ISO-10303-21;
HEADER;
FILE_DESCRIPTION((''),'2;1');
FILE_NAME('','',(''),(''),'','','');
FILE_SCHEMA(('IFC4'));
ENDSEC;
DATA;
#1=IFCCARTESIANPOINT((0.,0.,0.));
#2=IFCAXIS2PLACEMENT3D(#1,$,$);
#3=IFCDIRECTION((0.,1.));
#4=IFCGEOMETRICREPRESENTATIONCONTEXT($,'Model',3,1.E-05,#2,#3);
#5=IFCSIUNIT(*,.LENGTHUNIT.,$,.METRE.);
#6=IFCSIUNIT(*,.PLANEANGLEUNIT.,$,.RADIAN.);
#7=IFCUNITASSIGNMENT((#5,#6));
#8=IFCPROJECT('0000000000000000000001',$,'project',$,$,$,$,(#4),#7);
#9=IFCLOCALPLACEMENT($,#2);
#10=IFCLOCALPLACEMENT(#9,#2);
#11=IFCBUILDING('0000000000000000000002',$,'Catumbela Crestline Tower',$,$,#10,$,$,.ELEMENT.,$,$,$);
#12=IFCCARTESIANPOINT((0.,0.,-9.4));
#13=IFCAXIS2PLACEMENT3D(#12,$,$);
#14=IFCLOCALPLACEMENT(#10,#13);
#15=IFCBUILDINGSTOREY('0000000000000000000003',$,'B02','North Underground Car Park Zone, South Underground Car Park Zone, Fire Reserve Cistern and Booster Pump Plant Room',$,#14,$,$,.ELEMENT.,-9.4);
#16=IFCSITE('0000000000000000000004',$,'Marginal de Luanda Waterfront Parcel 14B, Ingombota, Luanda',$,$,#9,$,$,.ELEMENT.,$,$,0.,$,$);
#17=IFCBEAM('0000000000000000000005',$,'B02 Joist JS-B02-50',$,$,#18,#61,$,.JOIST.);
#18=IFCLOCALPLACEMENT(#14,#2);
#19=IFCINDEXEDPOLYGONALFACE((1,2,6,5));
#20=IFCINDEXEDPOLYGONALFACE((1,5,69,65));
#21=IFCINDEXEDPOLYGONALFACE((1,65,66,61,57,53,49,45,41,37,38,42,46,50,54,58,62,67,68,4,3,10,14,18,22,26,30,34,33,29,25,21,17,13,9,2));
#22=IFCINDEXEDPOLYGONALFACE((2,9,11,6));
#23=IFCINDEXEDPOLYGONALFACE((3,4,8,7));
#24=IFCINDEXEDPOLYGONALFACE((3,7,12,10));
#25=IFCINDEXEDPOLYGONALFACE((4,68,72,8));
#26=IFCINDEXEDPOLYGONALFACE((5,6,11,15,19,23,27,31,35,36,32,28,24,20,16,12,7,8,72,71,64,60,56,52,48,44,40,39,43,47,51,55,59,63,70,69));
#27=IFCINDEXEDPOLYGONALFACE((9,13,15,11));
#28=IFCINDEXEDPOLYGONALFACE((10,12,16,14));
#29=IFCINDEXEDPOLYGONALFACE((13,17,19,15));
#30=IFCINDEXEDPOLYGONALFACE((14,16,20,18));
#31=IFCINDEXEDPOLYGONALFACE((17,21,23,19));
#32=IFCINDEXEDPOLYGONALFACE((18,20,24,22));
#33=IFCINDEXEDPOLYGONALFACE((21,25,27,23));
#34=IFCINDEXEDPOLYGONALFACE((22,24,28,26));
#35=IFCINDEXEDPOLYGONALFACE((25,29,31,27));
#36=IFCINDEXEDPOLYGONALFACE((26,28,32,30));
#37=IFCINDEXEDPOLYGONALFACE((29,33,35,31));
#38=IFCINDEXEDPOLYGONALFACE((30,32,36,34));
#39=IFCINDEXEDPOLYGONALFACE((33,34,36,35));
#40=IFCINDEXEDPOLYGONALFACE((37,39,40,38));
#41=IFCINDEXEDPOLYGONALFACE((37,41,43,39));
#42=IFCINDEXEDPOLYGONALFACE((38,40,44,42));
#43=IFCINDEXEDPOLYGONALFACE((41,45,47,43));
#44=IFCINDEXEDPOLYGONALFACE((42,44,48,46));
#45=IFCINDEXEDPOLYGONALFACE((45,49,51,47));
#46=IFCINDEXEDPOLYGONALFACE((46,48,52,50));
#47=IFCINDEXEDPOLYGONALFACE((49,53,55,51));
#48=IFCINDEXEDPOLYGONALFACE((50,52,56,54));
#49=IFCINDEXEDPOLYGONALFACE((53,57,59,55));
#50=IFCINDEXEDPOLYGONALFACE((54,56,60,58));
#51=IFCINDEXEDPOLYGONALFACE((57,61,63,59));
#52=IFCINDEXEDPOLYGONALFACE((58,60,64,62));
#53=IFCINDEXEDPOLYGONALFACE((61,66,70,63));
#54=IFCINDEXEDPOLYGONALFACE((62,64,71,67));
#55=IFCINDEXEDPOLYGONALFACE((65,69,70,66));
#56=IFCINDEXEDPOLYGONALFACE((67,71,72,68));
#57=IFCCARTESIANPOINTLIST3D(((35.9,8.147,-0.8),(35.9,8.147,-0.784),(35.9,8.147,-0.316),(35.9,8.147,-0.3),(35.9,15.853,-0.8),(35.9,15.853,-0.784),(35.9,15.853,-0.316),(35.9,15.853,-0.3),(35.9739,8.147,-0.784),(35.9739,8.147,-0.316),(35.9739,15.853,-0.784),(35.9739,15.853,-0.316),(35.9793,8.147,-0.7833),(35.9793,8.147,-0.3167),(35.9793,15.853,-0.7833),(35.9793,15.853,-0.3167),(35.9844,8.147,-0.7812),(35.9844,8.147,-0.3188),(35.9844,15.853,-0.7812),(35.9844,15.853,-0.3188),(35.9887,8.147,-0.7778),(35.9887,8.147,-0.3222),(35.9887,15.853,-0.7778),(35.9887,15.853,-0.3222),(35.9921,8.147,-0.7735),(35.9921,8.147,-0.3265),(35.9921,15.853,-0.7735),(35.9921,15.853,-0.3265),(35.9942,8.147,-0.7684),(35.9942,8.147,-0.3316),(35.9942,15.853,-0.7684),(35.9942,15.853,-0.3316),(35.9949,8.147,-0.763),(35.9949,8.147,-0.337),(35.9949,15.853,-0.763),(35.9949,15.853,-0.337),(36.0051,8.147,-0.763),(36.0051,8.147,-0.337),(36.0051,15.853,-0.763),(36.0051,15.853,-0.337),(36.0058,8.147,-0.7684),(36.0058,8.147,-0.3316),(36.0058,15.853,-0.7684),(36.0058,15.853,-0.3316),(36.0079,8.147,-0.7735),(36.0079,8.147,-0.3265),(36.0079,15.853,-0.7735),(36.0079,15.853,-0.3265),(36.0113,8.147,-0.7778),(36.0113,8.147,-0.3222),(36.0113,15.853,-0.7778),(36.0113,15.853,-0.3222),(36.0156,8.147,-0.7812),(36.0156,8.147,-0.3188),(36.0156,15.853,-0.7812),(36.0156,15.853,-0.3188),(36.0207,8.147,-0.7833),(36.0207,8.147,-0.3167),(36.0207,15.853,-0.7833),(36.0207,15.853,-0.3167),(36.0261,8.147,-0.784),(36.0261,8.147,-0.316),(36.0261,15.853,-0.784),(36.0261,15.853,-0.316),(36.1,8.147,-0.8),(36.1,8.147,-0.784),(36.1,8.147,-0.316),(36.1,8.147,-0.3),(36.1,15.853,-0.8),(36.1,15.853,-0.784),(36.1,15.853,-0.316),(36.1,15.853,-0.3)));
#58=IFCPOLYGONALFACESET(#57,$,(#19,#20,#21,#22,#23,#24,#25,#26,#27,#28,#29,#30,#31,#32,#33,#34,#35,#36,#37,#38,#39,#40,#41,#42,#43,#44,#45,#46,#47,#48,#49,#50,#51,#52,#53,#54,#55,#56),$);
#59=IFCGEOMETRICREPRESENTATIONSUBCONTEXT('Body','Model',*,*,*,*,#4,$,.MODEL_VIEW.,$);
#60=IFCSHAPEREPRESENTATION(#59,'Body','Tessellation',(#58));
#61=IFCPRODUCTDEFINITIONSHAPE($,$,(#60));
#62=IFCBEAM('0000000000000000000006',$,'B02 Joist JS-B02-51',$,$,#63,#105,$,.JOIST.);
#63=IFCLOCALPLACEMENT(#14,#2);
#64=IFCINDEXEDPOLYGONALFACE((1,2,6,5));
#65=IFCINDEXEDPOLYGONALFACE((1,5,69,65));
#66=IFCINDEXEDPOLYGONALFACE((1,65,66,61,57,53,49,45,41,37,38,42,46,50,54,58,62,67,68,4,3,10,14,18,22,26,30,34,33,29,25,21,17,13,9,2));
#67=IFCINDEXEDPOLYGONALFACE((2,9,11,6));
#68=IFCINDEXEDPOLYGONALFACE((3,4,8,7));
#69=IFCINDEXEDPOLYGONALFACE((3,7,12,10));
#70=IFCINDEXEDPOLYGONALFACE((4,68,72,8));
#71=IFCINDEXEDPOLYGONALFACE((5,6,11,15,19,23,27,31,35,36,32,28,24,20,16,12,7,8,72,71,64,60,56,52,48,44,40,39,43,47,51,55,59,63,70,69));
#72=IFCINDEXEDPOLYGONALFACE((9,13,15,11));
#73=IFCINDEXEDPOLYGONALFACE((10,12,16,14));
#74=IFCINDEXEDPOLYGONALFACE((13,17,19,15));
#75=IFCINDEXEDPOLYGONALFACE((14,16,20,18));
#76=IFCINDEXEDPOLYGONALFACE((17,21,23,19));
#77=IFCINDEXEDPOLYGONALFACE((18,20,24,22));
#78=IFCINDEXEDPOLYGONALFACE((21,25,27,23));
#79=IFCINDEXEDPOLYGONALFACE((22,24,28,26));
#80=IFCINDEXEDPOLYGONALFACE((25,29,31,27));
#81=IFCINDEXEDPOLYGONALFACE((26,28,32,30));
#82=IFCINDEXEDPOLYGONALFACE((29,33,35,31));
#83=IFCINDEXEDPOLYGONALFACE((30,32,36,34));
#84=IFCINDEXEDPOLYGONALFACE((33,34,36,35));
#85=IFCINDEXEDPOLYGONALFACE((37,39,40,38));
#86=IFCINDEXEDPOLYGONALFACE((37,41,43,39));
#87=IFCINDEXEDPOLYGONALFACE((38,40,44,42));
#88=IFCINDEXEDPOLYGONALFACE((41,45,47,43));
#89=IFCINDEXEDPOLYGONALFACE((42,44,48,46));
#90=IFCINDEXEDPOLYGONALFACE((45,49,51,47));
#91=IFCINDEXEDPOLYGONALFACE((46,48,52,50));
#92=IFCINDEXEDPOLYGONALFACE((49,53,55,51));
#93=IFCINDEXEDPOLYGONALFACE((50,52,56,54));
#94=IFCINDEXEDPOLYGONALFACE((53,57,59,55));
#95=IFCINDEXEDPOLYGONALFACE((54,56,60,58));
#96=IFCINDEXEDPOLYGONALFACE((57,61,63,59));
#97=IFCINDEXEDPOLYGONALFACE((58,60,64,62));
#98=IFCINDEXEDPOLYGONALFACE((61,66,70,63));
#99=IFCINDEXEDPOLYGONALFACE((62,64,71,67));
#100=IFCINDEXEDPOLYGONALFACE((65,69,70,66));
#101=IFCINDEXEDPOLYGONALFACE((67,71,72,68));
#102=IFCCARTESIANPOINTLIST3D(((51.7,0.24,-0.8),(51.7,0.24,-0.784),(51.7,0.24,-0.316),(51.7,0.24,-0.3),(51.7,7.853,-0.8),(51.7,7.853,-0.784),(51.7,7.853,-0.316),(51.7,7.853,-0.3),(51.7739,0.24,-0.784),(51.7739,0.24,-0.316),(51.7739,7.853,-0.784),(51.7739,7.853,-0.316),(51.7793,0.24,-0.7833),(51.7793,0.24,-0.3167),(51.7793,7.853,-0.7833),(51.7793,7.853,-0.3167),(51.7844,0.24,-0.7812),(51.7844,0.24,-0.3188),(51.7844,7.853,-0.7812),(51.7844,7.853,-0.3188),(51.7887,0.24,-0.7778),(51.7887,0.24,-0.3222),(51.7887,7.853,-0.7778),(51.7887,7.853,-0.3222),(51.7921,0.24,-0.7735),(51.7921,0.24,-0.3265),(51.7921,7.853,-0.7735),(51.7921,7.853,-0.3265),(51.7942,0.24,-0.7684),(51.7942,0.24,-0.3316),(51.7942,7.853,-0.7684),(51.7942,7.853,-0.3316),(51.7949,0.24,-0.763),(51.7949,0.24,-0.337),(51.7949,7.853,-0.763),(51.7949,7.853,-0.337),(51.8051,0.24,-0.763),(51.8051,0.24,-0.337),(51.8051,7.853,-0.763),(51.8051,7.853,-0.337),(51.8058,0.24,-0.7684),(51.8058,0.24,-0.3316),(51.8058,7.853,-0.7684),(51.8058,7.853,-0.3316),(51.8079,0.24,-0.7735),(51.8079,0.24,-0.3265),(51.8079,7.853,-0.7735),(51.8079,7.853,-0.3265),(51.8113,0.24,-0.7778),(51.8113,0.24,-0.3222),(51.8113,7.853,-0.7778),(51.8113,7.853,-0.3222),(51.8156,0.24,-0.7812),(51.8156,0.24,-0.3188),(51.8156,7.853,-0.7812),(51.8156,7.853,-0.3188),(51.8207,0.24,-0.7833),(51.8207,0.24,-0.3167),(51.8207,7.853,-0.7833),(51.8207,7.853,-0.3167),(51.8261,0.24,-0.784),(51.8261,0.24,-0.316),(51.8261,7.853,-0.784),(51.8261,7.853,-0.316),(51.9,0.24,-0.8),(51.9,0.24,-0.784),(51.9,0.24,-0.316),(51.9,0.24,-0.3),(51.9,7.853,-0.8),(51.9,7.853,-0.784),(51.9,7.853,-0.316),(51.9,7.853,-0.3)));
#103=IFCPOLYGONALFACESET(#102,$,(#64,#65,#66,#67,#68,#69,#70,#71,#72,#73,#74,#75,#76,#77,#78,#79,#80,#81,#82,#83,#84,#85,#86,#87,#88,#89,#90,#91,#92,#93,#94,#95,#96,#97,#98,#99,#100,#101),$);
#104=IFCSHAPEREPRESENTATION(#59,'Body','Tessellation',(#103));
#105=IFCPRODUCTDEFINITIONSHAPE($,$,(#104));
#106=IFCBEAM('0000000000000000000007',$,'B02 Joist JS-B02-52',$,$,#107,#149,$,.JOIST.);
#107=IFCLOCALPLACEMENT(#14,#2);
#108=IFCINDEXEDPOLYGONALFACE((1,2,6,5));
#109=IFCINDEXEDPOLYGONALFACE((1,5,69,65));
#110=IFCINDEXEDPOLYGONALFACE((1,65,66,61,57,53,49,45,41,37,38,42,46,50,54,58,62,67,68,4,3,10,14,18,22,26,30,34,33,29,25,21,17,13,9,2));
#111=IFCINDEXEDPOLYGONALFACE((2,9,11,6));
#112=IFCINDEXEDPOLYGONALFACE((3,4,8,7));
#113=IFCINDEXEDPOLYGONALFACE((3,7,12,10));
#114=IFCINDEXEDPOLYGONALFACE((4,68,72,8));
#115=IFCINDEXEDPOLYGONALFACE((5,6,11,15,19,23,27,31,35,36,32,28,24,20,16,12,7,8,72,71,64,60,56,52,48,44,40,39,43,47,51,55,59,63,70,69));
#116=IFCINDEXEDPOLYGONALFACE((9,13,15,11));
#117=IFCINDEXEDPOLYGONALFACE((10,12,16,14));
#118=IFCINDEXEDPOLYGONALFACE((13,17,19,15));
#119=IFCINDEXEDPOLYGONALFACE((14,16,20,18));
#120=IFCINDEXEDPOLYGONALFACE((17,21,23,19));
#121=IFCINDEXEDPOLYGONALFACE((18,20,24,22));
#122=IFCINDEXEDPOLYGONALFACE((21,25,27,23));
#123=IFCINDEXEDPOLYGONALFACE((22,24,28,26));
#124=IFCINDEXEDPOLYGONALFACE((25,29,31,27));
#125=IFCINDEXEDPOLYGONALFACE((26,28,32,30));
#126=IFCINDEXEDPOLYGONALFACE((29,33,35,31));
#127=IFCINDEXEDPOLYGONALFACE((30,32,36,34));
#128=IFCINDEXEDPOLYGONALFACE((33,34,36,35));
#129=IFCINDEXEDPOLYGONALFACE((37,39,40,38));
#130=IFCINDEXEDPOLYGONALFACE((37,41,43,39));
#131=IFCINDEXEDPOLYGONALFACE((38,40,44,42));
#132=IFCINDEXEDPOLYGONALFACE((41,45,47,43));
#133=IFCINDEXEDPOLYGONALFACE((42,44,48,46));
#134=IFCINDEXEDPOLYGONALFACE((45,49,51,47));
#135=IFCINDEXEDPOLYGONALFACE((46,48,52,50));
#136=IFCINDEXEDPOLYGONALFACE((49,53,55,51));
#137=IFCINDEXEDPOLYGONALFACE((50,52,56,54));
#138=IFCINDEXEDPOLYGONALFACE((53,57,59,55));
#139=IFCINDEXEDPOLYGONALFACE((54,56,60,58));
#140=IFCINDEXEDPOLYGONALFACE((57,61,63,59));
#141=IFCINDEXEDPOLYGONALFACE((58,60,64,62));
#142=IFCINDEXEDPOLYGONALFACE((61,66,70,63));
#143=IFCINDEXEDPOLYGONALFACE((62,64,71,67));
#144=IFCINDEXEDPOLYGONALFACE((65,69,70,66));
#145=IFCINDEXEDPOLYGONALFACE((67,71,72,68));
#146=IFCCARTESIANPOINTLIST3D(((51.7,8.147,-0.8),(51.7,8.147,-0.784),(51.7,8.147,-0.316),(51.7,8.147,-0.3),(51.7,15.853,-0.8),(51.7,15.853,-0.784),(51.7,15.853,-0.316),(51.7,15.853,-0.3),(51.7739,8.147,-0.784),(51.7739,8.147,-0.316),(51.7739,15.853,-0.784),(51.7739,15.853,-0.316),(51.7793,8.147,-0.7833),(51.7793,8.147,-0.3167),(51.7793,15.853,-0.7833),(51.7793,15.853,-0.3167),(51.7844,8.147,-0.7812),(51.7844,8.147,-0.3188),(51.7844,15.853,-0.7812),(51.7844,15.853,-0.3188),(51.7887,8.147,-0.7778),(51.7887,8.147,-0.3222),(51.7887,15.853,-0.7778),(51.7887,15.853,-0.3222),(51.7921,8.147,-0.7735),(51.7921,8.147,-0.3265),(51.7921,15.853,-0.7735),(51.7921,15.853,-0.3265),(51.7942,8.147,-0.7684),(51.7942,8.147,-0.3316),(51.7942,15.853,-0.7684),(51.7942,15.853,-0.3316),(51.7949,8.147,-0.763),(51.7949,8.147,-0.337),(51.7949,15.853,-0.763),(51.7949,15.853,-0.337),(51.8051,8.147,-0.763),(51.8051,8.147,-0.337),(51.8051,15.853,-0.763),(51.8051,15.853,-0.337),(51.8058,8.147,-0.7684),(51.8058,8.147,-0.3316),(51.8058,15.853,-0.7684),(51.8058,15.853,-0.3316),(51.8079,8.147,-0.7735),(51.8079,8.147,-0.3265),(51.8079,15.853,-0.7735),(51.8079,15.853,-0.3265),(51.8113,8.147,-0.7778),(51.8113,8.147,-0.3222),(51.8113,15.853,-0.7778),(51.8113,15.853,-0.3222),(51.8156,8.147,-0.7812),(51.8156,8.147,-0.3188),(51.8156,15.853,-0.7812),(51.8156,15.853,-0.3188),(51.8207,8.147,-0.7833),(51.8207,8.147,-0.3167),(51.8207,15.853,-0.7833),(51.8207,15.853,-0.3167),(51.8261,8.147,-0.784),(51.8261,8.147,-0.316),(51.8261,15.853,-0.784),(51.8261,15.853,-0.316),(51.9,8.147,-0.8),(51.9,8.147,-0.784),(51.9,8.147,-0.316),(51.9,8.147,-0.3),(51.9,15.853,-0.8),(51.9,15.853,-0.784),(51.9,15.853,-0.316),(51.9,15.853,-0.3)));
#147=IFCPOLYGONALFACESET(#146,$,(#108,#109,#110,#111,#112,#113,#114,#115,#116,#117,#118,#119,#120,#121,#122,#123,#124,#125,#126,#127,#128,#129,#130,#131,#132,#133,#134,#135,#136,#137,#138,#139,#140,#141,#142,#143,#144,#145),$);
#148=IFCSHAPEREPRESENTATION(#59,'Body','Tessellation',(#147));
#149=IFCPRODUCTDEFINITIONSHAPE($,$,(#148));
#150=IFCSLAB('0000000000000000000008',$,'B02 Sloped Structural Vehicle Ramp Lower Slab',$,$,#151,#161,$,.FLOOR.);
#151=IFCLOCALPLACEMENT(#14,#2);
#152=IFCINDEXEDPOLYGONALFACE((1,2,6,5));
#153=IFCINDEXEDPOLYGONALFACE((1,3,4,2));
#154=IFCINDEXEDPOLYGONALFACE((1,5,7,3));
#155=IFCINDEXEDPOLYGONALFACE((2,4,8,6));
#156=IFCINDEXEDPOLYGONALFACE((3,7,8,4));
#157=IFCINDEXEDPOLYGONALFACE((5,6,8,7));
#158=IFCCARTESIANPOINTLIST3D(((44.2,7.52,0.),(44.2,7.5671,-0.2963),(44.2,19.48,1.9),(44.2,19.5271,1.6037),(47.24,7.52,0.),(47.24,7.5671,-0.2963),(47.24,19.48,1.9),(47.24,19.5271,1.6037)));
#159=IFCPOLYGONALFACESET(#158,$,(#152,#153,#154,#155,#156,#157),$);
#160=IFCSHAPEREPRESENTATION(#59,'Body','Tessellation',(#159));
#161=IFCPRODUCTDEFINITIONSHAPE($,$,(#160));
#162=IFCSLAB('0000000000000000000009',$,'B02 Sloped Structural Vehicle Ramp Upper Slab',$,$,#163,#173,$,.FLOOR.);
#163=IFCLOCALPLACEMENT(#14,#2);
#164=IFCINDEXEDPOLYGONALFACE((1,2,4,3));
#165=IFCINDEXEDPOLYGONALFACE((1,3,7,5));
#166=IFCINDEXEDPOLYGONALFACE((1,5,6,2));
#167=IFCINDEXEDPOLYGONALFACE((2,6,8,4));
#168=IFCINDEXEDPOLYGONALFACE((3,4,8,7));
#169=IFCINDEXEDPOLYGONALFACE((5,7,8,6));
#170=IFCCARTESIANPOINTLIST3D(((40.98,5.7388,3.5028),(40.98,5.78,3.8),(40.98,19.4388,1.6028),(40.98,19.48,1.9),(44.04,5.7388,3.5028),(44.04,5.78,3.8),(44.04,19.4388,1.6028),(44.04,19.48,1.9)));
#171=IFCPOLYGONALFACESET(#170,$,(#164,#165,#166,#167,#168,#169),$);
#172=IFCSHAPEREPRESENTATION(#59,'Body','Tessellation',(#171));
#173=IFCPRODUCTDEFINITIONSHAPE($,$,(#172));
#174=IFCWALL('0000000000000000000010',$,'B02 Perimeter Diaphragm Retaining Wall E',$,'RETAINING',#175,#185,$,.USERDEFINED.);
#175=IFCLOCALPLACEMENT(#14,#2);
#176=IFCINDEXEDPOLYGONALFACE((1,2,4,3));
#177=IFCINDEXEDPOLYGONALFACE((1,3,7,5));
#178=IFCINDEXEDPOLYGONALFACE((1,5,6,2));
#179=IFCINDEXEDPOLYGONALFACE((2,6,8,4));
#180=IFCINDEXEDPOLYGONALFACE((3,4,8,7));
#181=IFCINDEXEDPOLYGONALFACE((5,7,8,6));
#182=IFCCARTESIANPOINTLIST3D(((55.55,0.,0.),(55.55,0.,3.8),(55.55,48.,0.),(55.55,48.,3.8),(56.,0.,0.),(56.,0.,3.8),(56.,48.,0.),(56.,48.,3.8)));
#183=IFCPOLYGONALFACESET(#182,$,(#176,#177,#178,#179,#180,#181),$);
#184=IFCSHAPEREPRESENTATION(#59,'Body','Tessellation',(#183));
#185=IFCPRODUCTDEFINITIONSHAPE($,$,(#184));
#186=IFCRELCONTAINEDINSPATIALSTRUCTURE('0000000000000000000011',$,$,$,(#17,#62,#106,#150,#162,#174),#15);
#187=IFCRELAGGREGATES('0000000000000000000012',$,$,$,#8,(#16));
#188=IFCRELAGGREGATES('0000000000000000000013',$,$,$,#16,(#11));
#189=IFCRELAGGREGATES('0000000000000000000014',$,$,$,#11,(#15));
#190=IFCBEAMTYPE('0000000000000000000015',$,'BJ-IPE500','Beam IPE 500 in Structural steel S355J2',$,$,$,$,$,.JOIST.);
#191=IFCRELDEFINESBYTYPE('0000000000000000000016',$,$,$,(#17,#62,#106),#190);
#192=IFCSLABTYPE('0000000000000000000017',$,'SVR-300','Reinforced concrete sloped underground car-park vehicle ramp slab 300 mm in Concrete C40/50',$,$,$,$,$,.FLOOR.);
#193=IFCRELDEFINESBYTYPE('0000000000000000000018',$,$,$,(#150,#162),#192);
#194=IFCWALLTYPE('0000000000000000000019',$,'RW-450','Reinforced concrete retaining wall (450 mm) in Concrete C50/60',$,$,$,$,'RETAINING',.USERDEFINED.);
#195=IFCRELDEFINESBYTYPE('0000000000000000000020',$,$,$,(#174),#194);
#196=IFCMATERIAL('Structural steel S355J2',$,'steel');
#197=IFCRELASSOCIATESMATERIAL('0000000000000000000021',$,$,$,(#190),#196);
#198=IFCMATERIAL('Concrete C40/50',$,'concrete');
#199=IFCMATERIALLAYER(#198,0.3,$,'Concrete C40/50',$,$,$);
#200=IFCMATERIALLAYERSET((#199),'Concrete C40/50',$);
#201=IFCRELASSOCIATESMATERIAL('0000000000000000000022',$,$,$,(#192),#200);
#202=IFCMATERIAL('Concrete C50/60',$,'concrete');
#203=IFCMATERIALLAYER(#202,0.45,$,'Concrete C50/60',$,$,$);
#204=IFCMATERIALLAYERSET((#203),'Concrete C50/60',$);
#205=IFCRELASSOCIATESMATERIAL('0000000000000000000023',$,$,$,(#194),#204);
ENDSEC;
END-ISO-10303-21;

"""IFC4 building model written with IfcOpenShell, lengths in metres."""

from ifc_helpers import new_model, si_unit, direction, frame, frame_2d, origin, origin_2d, place, context, subcontext, project, spatial, polyline, rectangle, i_section, outline, extrude, material, layer, layer_set, material_profile, profile_set, type_object, element, save


model = new_model("IFC4")

# Units and contexts
model_context = context("Model", 3, precision=1e-05, world=origin(), true_north=direction((0.0, 1.0)))
body_context = subcontext(model_context, "Body", "Model", "MODEL_VIEW")
ifc_project = project(units=[si_unit("LENGTHUNIT", "METRE"), si_unit("PLANEANGLEUNIT", "RADIAN")], contexts=[model_context])

# Site, building, storey
site_placement = place(None, origin())
site = spatial("IfcSite", under=ifc_project, at=site_placement, Name="Marginal de Luanda Waterfront Parcel 14B, Ingombota, Luanda", CompositionType="ELEMENT", RefElevation=0.0)
building_placement = place(site_placement, origin())
building = spatial("IfcBuilding", under=site, at=building_placement, Name="Catumbela Crestline Tower", CompositionType="ELEMENT")
storey_placement = place(building_placement, frame((0.0, 0.0, -9.4)))
storey = spatial("IfcBuildingStorey", under=building, at=storey_placement, Name="B02", Description="North Underground Car Park Zone, South Underground Car Park Zone, Fire Reserve Cistern and Booster Pump Plant Room", CompositionType="ELEMENT", Elevation=-9.4)

# Beams
ifc_material_1 = material(Name="Structural steel S355J2", Category="steel")
ifc_material_2 = material(Name="Concrete C50/60", Category="concrete")
ifc_material_profile_1 = material_profile(ifc_material_1, i_section(OverallWidth=0.2, OverallDepth=0.5, WebThickness=0.0102, FlangeThickness=0.016, FilletRadius=0.021, at=origin_2d()), Name="IPE 500")
ifc_profile_set_1 = profile_set([ifc_material_profile_1], Name="Structural steel S355J2")
beam_type_1 = type_object("IfcBeamType", Name="BJ-IPE500", Description="Beam IPE 500 in Structural steel S355J2", PredefinedType="JOIST", material=ifc_profile_set_1)
beam_1_placement = place(storey_placement, frame((36.0, 8.147, -0.55), z_axis=(0.0, 1.0, 0.0), x_axis=(-1.0, 0.0, 0.0)))
element("IfcBeam", 1, at=beam_1_placement, inside=storey, type_object=beam_type_1, Name="B02 Joist JS-B02-50", PredefinedType="JOIST", context=body_context, shape_type="SweptSolid", body=[
    extrude(i_section(OverallWidth=0.2, OverallDepth=0.5, WebThickness=0.0102, FlangeThickness=0.016, FilletRadius=0.021, at=origin_2d()), origin(), (0.0, 0.0, 1.0), 7.706),
])
beam_2_placement = place(storey_placement, frame((51.8, 0.24, -0.55), z_axis=(0.0, 1.0, 0.0), x_axis=(-1.0, 0.0, 0.0)))
element("IfcBeam", 2, at=beam_2_placement, inside=storey, type_object=beam_type_1, Name="B02 Joist JS-B02-51", PredefinedType="JOIST", context=body_context, shape_type="SweptSolid", body=[
    extrude(i_section(OverallWidth=0.2, OverallDepth=0.5, WebThickness=0.0102, FlangeThickness=0.016, FilletRadius=0.021, at=origin_2d()), origin(), (0.0, 0.0, 1.0), 7.613),
])
beam_3_placement = place(storey_placement, frame((51.8, 8.147, -0.55), z_axis=(0.0, 1.0, 0.0), x_axis=(-1.0, 0.0, 0.0)))
element("IfcBeam", 3, at=beam_3_placement, inside=storey, type_object=beam_type_1, Name="B02 Joist JS-B02-52", PredefinedType="JOIST", context=body_context, shape_type="SweptSolid", body=[
    extrude(i_section(OverallWidth=0.2, OverallDepth=0.5, WebThickness=0.0102, FlangeThickness=0.016, FilletRadius=0.021, at=origin_2d()), origin(), (0.0, 0.0, 1.0), 7.706),
])

# Slabs
ifc_material_3 = material(Name="Concrete C40/50", Category="concrete")
ifc_layer_1 = layer(ifc_material_3, 0.3, Name="Concrete C40/50")
ifc_layer_set_1 = layer_set([ifc_layer_1], Name="Concrete C40/50")
slab_type = type_object("IfcSlabType", Name="SVR-300", Description="Reinforced concrete sloped underground car-park vehicle ramp slab 300 mm in Concrete C40/50", PredefinedType="FLOOR", material=ifc_layer_set_1)
slab_1_placement = place(storey_placement, frame((44.2, 7.52, 0.0), z_axis=(0.0, -0.156895, 0.987615), x_axis=(1.0, 0.0, 0.0)))
element("IfcSlab", 4, at=slab_1_placement, inside=storey, type_object=slab_type, Name="B02 Sloped Structural Vehicle Ramp Lower Slab", PredefinedType="FLOOR", context=body_context, shape_type="SweptSolid", body=[
    extrude(outline(polyline([(0.0, 0.0), (3.04, 0.0), (3.04, 12.11), (0.0, 12.11), (0.0, 0.0)])), origin(), (0.0, 0.0, -1.0), 0.3),
])
slab_2_placement = place(storey_placement, frame((40.98, 5.78, 3.8), z_axis=(0.0, 0.137371, 0.99052), x_axis=(1.0, 0.0, 0.0)))
element("IfcSlab", 5, at=slab_2_placement, inside=storey, type_object=slab_type, Name="B02 Sloped Structural Vehicle Ramp Upper Slab", PredefinedType="FLOOR", context=body_context, shape_type="SweptSolid", body=[
    extrude(outline(polyline([(0.0, 0.0), (3.06, 0.0), (3.06, 13.8311), (0.0, 13.8311), (0.0, 0.0)])), origin(), (0.0, 0.0, -1.0), 0.3),
])

# Wall
ifc_layer_2 = layer(ifc_material_2, 0.45, Name="Concrete C50/60")
ifc_layer_set_2 = layer_set([ifc_layer_2], Name="Concrete C50/60")
wall_type_1 = type_object("IfcWallType", Name="RW-450", Description="Reinforced concrete retaining wall (450 mm) in Concrete C50/60", ElementType="RETAINING", PredefinedType="USERDEFINED", material=ifc_layer_set_2)
wall_placement = place(storey_placement, frame((55.775, 0.0, 0.0), z_axis=(0.0, 0.0, 1.0), x_axis=(0.0, 1.0, 0.0)))
element("IfcWall", 6, at=wall_placement, inside=storey, type_object=wall_type_1, Name="B02 Perimeter Diaphragm Retaining Wall E", ObjectType="RETAINING", PredefinedType="USERDEFINED", context=body_context, shape_type="SweptSolid", body=[
    extrude(rectangle(XDim=48.0, YDim=0.45, at=frame_2d((24.0, 0.0))), origin(), (0.0, 0.0, 1.0), 3.8),
])

save(model, "model.ifc")
